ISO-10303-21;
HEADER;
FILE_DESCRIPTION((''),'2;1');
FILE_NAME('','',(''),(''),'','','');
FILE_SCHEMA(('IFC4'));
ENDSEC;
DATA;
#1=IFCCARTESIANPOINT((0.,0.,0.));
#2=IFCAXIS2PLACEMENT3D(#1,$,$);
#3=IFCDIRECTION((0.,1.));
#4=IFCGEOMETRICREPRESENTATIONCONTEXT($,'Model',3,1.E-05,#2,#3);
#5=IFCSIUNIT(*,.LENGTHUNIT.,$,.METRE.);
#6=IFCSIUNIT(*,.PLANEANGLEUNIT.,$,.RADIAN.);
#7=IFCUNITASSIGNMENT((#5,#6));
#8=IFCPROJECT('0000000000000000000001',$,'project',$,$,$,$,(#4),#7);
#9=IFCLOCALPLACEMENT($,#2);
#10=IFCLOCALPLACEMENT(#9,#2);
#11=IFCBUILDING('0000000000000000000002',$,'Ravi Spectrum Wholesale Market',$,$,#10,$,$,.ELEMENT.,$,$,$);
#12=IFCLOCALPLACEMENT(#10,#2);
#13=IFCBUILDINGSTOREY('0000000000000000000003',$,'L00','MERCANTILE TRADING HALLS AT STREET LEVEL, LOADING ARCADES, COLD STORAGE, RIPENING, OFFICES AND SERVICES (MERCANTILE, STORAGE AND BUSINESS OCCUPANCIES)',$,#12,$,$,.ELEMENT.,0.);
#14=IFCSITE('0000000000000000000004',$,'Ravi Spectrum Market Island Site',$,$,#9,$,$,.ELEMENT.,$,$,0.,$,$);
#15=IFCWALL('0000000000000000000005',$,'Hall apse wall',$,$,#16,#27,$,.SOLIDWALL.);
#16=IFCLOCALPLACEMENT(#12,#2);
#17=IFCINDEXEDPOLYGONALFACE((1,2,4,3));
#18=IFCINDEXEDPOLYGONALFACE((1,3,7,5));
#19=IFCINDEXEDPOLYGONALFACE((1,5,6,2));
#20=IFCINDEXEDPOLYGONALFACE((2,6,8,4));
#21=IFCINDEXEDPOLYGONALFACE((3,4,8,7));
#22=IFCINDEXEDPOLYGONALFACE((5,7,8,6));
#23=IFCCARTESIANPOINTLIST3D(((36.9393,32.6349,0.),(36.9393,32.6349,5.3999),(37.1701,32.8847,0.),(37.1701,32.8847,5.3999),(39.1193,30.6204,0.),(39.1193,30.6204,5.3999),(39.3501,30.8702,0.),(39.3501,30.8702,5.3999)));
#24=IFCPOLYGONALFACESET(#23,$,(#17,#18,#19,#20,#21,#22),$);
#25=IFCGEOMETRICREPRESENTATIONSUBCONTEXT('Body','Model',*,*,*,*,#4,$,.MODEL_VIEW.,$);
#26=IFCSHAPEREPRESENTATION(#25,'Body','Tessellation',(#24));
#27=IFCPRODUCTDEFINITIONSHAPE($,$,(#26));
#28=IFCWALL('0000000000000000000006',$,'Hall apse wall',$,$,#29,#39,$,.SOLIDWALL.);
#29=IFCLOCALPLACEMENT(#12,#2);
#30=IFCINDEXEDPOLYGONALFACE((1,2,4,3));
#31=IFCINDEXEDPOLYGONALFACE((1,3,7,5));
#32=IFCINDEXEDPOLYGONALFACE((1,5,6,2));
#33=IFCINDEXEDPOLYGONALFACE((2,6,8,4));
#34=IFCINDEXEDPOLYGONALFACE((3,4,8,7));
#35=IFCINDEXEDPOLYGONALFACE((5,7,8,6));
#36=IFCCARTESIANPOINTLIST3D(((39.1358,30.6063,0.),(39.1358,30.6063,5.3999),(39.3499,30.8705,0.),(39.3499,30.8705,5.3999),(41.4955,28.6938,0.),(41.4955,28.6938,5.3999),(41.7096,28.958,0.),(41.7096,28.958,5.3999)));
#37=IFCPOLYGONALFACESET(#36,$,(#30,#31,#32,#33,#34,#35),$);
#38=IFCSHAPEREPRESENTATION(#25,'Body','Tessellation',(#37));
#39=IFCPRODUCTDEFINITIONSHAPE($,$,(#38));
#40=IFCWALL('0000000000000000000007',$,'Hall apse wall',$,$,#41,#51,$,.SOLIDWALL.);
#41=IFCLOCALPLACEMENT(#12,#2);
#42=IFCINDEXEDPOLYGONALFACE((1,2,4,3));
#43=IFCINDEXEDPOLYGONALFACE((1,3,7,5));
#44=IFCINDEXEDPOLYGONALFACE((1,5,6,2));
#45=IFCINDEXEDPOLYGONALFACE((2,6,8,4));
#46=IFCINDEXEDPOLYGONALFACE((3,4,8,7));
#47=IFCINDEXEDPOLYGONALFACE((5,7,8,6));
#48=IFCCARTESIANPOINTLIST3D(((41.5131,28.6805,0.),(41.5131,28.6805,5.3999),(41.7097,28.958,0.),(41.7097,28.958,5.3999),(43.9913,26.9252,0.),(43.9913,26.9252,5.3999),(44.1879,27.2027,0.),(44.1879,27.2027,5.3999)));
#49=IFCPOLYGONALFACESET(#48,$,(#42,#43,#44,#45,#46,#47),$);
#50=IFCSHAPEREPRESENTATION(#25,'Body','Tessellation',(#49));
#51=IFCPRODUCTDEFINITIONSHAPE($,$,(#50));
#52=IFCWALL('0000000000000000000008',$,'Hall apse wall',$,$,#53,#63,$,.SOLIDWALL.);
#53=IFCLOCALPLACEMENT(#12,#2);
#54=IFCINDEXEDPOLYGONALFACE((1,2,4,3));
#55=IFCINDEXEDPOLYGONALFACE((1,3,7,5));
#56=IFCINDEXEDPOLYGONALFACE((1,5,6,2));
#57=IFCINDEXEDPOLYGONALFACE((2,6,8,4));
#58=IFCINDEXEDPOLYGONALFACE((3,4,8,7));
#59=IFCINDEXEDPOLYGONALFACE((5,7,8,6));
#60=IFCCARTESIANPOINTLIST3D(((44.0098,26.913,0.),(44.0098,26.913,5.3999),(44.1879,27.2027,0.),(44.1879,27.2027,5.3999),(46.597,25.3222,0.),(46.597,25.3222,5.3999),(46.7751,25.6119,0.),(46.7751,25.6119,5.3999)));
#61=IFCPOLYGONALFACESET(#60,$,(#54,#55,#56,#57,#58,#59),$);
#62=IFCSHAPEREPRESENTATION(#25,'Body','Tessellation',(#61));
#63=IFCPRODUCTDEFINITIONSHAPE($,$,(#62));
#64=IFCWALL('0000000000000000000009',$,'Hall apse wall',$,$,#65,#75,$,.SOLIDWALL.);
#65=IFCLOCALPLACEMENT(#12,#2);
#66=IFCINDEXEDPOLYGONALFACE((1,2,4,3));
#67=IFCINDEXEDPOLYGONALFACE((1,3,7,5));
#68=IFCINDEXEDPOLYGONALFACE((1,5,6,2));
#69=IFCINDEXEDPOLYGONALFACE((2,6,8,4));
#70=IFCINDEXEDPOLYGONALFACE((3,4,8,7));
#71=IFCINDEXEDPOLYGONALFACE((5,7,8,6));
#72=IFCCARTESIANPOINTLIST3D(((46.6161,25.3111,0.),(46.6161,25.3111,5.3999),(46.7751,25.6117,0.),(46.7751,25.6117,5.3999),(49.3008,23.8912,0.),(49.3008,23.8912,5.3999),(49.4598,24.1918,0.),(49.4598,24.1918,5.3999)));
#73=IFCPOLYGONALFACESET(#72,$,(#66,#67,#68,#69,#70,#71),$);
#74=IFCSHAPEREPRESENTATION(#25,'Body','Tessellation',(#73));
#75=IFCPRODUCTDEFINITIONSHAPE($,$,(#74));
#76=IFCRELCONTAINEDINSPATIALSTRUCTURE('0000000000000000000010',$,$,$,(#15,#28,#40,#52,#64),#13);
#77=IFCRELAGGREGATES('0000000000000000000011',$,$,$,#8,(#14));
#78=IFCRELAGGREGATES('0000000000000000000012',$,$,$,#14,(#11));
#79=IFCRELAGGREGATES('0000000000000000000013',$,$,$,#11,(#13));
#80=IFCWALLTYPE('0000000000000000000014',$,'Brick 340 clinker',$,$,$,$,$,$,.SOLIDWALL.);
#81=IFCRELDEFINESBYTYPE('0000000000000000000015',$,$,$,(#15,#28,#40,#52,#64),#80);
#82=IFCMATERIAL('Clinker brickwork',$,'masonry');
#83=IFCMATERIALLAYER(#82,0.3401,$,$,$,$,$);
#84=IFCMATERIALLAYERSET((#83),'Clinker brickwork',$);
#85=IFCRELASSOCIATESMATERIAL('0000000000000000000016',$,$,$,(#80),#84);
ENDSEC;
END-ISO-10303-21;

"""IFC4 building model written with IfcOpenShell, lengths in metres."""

from ifc_helpers import new_model, si_unit, direction, frame, frame_2d, origin, place, context, subcontext, project, spatial, rectangle, extrude, material, layer, layer_set, type_object, element, save


model = new_model("IFC4")

# Units and contexts
model_context = context("Model", 3, precision=1e-05, world=origin(), true_north=direction((0.0, 1.0)))
body_context = subcontext(model_context, "Body", "Model", "MODEL_VIEW")
ifc_project = project(units=[si_unit("LENGTHUNIT", "METRE"), si_unit("PLANEANGLEUNIT", "RADIAN")], contexts=[model_context])

# Site, building, storey
site_placement = place(None, origin())
site = spatial("IfcSite", under=ifc_project, at=site_placement, Name="Ravi Spectrum Market Island Site", CompositionType="ELEMENT", RefElevation=0.0)
building_placement = place(site_placement, origin())
building = spatial("IfcBuilding", under=site, at=building_placement, Name="Ravi Spectrum Wholesale Market", CompositionType="ELEMENT")
storey_placement = place(building_placement, origin())
storey = spatial("IfcBuildingStorey", under=building, at=storey_placement, Name="L00", Description="MERCANTILE TRADING HALLS AT STREET LEVEL, LOADING ARCADES, COLD STORAGE, RIPENING, OFFICES AND SERVICES (MERCANTILE, STORAGE AND BUSINESS OCCUPANCIES)", CompositionType="ELEMENT", Elevation=0.0)

# Walls
ifc_material_1 = material(Name="Clinker brickwork", Category="masonry")
ifc_layer_1 = layer(ifc_material_1, 0.3401)
ifc_layer_set_1 = layer_set([ifc_layer_1], Name="Clinker brickwork")
wall_type_1 = type_object("IfcWallType", Name="Brick 340 clinker", PredefinedType="SOLIDWALL", material=ifc_layer_set_1)
wall_1_placement = place(storey_placement, frame((37.0547, 32.7598, 0.0), z_axis=(0.0, 0.0, 1.0), x_axis=(0.734441, -0.678673, 0.0)))
element("IfcWall", 1, at=wall_1_placement, inside=storey, type_object=wall_type_1, Name="Hall apse wall", PredefinedType="SOLIDWALL", context=body_context, shape_type="SweptSolid", body=[
    extrude(rectangle(XDim=2.9683, YDim=0.3401, at=frame_2d((1.4841, 0.0))), origin(), (0.0, 0.0, 1.0), 5.3999),
])
wall_2_placement = place(storey_placement, frame((39.2429, 30.7383, 0.0), z_axis=(0.0, 0.0, 1.0), x_axis=(0.776893, -0.629633, 0.0)))
element("IfcWall", 2, at=wall_2_placement, inside=storey, type_object=wall_type_1, Name="Hall apse wall", PredefinedType="SOLIDWALL", context=body_context, shape_type="SweptSolid", body=[
    extrude(rectangle(XDim=3.0374, YDim=0.3401, at=frame_2d((1.5186, 0.0))), origin(), (0.0, 0.0, 1.0), 5.3999),
])
wall_3_placement = place(storey_placement, frame((41.6113, 28.8193, 0.0), z_axis=(0.0, 0.0, 1.0), x_axis=(0.816036, -0.578002, 0.0)))
element("IfcWall", 3, at=wall_3_placement, inside=storey, type_object=wall_type_1, Name="Hall apse wall", PredefinedType="SOLIDWALL", context=body_context, shape_type="SweptSolid", body=[
    extrude(rectangle(XDim=3.0369, YDim=0.3401, at=frame_2d((1.5186, 0.0))), origin(), (0.0, 0.0, 1.0), 5.3999),
])
for number, where, z_axis, x_axis, name in (
    (4, (44.0989, 27.0579, 0.0), (0.0, 0.0, 1.0), (0.851846, -0.523792, 0.0), "Hall apse wall"),
    (5, (46.6956, 25.4614, 0.0), (0.0, 0.0, 1.0), (0.883985, -0.467515, 0.0), "Hall apse wall"),
):
    element("IfcWall", number, at=place(storey_placement, frame(where, z_axis=z_axis, x_axis=x_axis)), inside=storey, type_object=wall_type_1, Name=name, PredefinedType="SOLIDWALL", context=body_context, shape_type="SweptSolid", body=[
        extrude(rectangle(XDim=3.0371, YDim=0.3401, at=frame_2d((1.5186, 0.0))), origin(), (0.0, 0.0, 1.0), 5.3999),
    ])

save(model, "model.ifc")
